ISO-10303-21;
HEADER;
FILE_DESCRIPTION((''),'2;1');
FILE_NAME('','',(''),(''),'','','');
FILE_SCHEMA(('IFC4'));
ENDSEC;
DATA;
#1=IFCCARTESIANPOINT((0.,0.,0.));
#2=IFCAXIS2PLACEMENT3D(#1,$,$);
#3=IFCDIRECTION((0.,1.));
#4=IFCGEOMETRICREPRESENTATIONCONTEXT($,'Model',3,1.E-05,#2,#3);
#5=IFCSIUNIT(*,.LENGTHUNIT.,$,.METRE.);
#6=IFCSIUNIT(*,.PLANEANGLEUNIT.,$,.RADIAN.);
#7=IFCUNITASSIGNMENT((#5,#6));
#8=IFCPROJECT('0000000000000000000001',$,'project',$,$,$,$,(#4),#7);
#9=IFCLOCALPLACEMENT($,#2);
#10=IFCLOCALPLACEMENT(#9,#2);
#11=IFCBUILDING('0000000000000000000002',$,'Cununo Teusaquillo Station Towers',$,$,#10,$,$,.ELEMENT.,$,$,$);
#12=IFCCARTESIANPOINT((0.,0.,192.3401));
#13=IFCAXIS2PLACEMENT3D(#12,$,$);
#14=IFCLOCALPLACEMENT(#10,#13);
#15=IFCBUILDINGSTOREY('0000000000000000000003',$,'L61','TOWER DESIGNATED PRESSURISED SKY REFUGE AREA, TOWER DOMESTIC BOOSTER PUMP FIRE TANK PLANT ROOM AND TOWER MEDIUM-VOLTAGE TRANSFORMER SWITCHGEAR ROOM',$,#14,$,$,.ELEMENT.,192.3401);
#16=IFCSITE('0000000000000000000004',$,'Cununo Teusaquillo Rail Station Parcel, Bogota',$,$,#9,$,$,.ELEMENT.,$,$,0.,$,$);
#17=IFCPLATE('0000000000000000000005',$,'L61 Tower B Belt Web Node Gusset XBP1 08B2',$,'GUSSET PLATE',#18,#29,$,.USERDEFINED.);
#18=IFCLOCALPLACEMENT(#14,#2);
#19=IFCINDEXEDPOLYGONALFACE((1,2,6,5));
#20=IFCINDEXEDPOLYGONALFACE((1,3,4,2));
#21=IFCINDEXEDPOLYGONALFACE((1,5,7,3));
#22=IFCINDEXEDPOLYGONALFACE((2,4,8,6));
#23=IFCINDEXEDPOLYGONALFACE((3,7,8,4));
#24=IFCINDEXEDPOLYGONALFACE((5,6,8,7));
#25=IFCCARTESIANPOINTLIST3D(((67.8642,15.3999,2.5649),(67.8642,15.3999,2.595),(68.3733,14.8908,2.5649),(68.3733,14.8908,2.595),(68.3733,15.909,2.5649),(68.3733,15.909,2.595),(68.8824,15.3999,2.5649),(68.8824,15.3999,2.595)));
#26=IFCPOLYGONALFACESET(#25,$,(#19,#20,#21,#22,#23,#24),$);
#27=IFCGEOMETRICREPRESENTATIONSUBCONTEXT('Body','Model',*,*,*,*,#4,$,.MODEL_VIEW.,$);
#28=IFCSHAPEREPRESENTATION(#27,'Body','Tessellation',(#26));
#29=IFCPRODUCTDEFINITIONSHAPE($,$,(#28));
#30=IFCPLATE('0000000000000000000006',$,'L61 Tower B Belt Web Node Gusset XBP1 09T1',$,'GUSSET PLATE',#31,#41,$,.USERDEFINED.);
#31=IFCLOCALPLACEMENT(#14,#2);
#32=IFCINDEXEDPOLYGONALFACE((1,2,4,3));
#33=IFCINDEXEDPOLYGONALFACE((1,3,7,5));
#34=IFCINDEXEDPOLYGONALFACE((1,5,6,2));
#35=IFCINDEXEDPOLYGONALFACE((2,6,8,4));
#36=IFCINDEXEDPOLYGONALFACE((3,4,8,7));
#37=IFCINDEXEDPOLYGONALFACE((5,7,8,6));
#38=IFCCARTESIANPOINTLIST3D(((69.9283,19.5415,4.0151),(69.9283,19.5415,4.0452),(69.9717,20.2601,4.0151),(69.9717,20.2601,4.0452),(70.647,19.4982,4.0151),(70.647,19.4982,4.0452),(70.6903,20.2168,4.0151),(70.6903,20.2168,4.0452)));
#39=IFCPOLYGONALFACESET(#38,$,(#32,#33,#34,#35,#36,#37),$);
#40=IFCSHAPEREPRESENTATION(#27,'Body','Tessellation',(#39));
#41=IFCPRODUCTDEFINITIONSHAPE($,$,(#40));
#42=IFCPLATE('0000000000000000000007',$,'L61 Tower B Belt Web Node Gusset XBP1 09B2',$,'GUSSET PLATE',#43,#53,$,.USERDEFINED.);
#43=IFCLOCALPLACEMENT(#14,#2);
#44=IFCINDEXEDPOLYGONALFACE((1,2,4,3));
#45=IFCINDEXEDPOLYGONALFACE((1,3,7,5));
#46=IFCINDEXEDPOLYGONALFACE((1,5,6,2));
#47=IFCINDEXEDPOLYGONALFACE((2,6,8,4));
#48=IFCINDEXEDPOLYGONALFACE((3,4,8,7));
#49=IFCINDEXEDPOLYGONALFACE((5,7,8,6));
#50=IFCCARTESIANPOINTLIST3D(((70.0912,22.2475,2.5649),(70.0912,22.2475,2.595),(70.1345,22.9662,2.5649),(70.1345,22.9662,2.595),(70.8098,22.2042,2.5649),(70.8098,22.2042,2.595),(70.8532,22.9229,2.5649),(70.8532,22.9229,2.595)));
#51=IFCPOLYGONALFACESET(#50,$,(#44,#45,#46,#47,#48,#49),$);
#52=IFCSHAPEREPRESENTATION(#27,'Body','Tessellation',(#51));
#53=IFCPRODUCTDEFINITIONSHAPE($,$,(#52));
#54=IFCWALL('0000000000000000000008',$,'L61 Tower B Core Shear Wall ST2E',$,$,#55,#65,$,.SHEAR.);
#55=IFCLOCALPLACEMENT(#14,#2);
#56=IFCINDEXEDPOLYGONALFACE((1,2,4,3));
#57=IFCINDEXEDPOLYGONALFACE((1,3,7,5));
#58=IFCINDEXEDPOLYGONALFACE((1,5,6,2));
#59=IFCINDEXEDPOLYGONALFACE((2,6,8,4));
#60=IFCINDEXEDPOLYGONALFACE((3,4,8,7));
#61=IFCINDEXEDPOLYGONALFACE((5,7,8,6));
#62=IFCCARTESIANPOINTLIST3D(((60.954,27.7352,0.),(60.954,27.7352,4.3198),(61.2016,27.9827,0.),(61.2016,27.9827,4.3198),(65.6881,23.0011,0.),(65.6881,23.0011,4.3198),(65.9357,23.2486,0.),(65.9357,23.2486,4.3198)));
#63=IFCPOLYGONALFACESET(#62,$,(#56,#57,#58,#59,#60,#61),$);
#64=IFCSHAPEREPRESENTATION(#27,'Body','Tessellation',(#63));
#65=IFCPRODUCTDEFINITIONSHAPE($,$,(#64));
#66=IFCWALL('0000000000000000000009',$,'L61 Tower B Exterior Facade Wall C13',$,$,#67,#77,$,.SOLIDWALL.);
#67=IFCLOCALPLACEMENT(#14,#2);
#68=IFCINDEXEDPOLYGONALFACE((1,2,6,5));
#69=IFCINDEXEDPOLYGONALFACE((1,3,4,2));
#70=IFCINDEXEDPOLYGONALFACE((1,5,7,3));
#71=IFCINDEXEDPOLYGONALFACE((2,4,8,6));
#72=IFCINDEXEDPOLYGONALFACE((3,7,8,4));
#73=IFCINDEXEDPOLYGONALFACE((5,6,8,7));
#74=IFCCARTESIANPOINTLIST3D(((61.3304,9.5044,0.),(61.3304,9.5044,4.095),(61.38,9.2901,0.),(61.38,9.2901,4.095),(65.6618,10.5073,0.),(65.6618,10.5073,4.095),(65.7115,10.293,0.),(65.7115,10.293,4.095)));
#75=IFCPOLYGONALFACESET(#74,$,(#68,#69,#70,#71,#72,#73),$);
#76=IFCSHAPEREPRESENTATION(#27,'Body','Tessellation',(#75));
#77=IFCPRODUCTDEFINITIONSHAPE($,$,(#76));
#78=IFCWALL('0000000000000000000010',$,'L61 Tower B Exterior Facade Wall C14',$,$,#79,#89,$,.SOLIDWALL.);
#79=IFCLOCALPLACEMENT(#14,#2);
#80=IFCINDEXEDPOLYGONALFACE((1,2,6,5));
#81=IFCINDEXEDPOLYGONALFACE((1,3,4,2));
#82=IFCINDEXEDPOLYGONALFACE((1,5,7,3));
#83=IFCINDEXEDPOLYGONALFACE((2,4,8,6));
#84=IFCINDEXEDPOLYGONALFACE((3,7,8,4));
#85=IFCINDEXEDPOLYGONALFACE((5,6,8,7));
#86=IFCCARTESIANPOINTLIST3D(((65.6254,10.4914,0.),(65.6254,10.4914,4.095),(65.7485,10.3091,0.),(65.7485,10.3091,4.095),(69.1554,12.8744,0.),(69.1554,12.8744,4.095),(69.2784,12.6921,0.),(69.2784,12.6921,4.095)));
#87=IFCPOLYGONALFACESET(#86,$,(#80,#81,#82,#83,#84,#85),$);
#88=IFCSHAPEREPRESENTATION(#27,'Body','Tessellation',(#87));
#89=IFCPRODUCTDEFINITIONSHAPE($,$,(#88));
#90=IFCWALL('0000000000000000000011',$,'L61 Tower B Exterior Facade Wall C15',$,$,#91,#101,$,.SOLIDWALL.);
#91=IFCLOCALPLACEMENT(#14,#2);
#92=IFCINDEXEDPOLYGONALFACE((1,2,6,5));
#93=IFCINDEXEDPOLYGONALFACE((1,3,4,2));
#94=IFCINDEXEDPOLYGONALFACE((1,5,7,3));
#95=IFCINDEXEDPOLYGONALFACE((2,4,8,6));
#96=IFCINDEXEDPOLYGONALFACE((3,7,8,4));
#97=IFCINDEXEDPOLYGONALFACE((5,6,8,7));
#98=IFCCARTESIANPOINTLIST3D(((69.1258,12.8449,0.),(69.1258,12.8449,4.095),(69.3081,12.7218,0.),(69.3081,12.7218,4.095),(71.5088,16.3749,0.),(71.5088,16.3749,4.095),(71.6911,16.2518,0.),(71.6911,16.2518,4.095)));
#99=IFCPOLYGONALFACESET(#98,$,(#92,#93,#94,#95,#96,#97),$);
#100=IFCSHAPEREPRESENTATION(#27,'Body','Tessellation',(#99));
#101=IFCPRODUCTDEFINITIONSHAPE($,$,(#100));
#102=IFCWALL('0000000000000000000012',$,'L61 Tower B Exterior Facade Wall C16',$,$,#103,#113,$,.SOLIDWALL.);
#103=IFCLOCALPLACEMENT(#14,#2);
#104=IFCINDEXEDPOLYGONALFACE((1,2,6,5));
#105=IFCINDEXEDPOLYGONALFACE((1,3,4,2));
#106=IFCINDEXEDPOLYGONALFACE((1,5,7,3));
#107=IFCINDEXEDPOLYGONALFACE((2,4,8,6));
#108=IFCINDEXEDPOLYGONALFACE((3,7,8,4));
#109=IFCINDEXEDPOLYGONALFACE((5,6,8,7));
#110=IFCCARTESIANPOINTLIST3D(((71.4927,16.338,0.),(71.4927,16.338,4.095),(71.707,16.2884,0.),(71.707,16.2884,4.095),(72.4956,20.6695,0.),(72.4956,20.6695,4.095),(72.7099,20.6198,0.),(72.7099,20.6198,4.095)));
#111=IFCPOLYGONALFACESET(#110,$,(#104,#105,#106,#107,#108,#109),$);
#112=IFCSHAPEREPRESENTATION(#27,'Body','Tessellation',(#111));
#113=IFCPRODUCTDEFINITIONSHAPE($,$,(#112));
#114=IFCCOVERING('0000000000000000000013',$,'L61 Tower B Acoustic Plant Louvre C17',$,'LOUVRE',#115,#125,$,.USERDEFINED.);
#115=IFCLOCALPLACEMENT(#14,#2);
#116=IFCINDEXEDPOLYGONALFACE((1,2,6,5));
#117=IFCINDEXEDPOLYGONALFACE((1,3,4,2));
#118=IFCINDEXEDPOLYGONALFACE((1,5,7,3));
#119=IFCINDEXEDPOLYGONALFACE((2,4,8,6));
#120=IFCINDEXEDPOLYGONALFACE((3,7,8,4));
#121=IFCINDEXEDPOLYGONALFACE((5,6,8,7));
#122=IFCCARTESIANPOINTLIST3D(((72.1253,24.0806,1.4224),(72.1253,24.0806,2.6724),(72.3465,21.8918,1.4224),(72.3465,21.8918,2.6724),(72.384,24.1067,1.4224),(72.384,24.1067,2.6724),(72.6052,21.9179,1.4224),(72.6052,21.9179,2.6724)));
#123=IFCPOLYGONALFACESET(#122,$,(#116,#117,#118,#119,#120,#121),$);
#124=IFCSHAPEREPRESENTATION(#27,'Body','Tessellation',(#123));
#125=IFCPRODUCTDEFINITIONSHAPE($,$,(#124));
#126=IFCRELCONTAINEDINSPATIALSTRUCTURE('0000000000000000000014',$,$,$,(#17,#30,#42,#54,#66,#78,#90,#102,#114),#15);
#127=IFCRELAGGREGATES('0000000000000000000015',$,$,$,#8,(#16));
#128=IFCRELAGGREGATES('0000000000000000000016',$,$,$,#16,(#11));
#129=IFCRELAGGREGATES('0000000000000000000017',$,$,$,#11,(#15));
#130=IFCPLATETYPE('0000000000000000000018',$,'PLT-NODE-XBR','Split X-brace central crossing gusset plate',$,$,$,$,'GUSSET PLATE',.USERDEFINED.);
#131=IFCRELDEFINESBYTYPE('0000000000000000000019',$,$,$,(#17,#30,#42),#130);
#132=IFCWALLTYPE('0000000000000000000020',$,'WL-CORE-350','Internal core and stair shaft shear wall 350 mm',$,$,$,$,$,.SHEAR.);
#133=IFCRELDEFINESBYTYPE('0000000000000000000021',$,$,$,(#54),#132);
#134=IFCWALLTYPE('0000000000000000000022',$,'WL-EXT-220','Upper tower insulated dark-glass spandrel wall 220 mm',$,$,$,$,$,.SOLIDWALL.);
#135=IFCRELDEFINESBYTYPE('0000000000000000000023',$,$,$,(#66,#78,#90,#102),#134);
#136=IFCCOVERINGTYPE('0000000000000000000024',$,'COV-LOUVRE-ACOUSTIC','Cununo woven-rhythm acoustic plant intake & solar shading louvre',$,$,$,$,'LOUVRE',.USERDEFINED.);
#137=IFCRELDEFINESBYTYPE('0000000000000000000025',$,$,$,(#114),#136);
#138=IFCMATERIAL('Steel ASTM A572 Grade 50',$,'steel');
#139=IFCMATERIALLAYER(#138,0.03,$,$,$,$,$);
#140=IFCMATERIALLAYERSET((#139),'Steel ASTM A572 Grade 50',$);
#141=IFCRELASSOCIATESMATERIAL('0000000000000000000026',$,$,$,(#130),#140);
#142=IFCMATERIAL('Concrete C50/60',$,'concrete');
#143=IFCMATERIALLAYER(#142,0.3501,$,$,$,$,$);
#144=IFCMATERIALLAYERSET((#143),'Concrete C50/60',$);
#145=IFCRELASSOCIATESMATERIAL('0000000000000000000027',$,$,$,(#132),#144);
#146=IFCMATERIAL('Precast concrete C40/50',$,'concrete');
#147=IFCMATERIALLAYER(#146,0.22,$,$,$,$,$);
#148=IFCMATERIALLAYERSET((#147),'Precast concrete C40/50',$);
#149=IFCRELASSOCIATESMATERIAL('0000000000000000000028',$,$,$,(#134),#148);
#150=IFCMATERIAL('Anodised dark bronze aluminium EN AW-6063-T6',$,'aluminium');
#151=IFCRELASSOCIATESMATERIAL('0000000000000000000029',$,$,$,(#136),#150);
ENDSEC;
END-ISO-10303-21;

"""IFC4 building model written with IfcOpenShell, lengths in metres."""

from ifc_helpers import new_model, si_unit, direction, frame, frame_2d, origin, origin_2d, place, context, subcontext, project, spatial, rectangle, extrude, source, transform, mapped, material, layer, layer_set, type_object, element, save


model = new_model("IFC4")

# Units and contexts
model_context = context("Model", 3, precision=1e-05, world=origin(), true_north=direction((0.0, 1.0)))
body_context = subcontext(model_context, "Body", "Model", "MODEL_VIEW")
ifc_project = project(units=[si_unit("LENGTHUNIT", "METRE"), si_unit("PLANEANGLEUNIT", "RADIAN")], contexts=[model_context])

# Site, building, storey
site_placement = place(None, origin())
site = spatial("IfcSite", under=ifc_project, at=site_placement, Name="Cununo Teusaquillo Rail Station Parcel, Bogota", CompositionType="ELEMENT", RefElevation=0.0)
building_placement = place(site_placement, origin())
building = spatial("IfcBuilding", under=site, at=building_placement, Name="Cununo Teusaquillo Station Towers", CompositionType="ELEMENT")
storey_placement = place(building_placement, frame((0.0, 0.0, 192.3401)))
storey = spatial("IfcBuildingStorey", under=building, at=storey_placement, Name="L61", Description="TOWER DESIGNATED PRESSURISED SKY REFUGE AREA, TOWER DOMESTIC BOOSTER PUMP FIRE TANK PLANT ROOM AND TOWER MEDIUM-VOLTAGE TRANSFORMER SWITCHGEAR ROOM", CompositionType="ELEMENT", Elevation=192.3401)

# Plates
ifc_material_1 = material(Name="Steel ASTM A572 Grade 50", Category="steel")
ifc_layer_1 = layer(ifc_material_1, 0.03)
ifc_layer_set_1 = layer_set([ifc_layer_1], Name="Steel ASTM A572 Grade 50")
plate_type_1 = type_object("IfcPlateType", Name="PLT-NODE-XBR", Description="Split X-brace central crossing gusset plate", ElementType="GUSSET PLATE", PredefinedType="USERDEFINED", material=ifc_layer_set_1)
shared_shape_1 = source(origin(), body_context, "Body", "SweptSolid", [
    extrude(rectangle(XDim=0.72, YDim=0.72, at=origin_2d()), origin(), (0.0, 0.0, 1.0), 0.03),
])
for number, where, z_axis, x_axis, name in (
    (1, (68.3733, 15.3999, 2.5649), (0.0, 0.0, 1.0), (0.707107, 0.707107, 0.0), "L61 Tower B Belt Web Node Gusset XBP1 08B2"),
    (2, (70.3093, 19.8792, 4.0151), (0.0, 0.0, 1.0), (0.060177, 0.998188, 0.0), "L61 Tower B Belt Web Node Gusset XBP1 09T1"),
    (3, (70.4722, 22.5852, 2.5649), (0.0, 0.0, 1.0), (0.060177, 0.998188, 0.0), "L61 Tower B Belt Web Node Gusset XBP1 09B2"),
):
    element("IfcPlate", number, at=place(storey_placement, frame(where, z_axis=z_axis, x_axis=x_axis)), inside=storey, type_object=plate_type_1, Name=name, ObjectType="GUSSET PLATE", PredefinedType="USERDEFINED", context=body_context, shape_type="MappedRepresentation", body=[
        mapped(shared_shape_1, transform((0.0, 0.0, 0.0), x_axis=(1.0, 0.0, 0.0), y_axis=(0.0, 1.0, 0.0), z_axis=(0.0, 0.0, 1.0), scale=1.0)),
    ])

# Walls
ifc_material_2 = material(Name="Concrete C50/60", Category="concrete")
ifc_layer_2 = layer(ifc_material_2, 0.3501)
ifc_layer_set_2 = layer_set([ifc_layer_2], Name="Concrete C50/60")
wall_type_1 = type_object("IfcWallType", Name="WL-CORE-350", Description="Internal core and stair shaft shear wall 350 mm", PredefinedType="SHEAR", material=ifc_layer_set_2)
wall_1_placement = place(storey_placement, frame((65.812, 23.1248, 0.0), z_axis=(0.0, 0.0, 1.0), x_axis=(-0.707107, 0.707107, 0.0)))
element("IfcWall", 4, at=wall_1_placement, inside=storey, type_object=wall_type_1, Name="L61 Tower B Core Shear Wall ST2E", PredefinedType="SHEAR", context=body_context, shape_type="SweptSolid", body=[
    extrude(rectangle(XDim=6.6951, YDim=0.3501, at=frame_2d((3.3477, 0.0))), origin(), (0.0, 0.0, 1.0), 4.3198),
])
ifc_material_3 = material(Name="Precast concrete C40/50", Category="concrete")
ifc_layer_3 = layer(ifc_material_3, 0.22)
ifc_layer_set_3 = layer_set([ifc_layer_3], Name="Precast concrete C40/50")
wall_type_2 = type_object("IfcWallType", Name="WL-EXT-220", Description="Upper tower insulated dark-glass spandrel wall 220 mm", PredefinedType="SOLIDWALL", material=ifc_layer_set_3)
wall_2_placement = place(storey_placement, frame((65.6868, 10.4001, 0.0), z_axis=(0.0, 0.0, 1.0), x_axis=(-0.974226, -0.225573, 0.0)))
element("IfcWall", 5, at=wall_2_placement, inside=storey, type_object=wall_type_2, Name="L61 Tower B Exterior Facade Wall C13", PredefinedType="SOLIDWALL", context=body_context, shape_type="SweptSolid", body=[
    extrude(rectangle(XDim=4.446, YDim=0.22, at=frame_2d((2.2231, 0.0))), origin(), (0.0, 0.0, 1.0), 4.095),
])
for number, where, z_axis, x_axis, name in (
    (6, (69.2168, 12.7832, 0.0), (0.0, 0.0, 1.0), (-0.828817, -0.559519, 0.0), "L61 Tower B Exterior Facade Wall C14"),
    (7, (71.5999, 16.3132, 0.0), (0.0, 0.0, 1.0), (-0.559519, -0.828817, 0.0), "L61 Tower B Exterior Facade Wall C15"),
):
    element("IfcWall", number, at=place(storey_placement, frame(where, z_axis=z_axis, x_axis=x_axis)), inside=storey, type_object=wall_type_2, Name=name, PredefinedType="SOLIDWALL", context=body_context, shape_type="SweptSolid", body=[
        extrude(rectangle(XDim=4.259, YDim=0.22, at=frame_2d((2.1294, 0.0))), origin(), (0.0, 0.0, 1.0), 4.095),
    ])
wall_3_placement = place(storey_placement, frame((72.6028, 20.6448, 0.0), z_axis=(0.0, 0.0, 1.0), x_axis=(-0.225573, -0.974226, 0.0)))
element("IfcWall", 8, at=wall_3_placement, inside=storey, type_object=wall_type_2, Name="L61 Tower B Exterior Facade Wall C16", PredefinedType="SOLIDWALL", context=body_context, shape_type="SweptSolid", body=[
    extrude(rectangle(XDim=4.446, YDim=0.22, at=frame_2d((2.2231, 0.0))), origin(), (0.0, 0.0, 1.0), 4.095),
])

# Covering
ifc_material_4 = material(Name="Anodised dark bronze aluminium EN AW-6063-T6", Category="aluminium")
covering_type = type_object("IfcCoveringType", Name="COV-LOUVRE-ACOUSTIC", Description="Cununo woven-rhythm acoustic plant intake & solar shading louvre", ElementType="LOUVRE", PredefinedType="USERDEFINED", material=ifc_material_4)
shared_shape_2 = source(origin(), body_context, "Body", "SweptSolid", [
    extrude(rectangle(XDim=2.2, YDim=0.26, at=origin_2d()), origin(), (0.0, 0.0, 1.0), 1.25),
])
covering_placement = place(storey_placement, frame((72.3652, 22.9993, 1.4224), z_axis=(0.0, 0.0, 1.0), x_axis=(0.100535, -0.994933, 0.0)))
element("IfcCovering", 9, at=covering_placement, inside=storey, type_object=covering_type, Name="L61 Tower B Acoustic Plant Louvre C17", ObjectType="LOUVRE", PredefinedType="USERDEFINED", context=body_context, shape_type="MappedRepresentation", body=[
    mapped(shared_shape_2, transform((0.0, 0.0, 0.0), x_axis=(1.0, 0.0, 0.0), y_axis=(0.0, 1.0, 0.0), z_axis=(0.0, 0.0, 1.0), scale=1.0)),
])

save(model, "model.ifc")
